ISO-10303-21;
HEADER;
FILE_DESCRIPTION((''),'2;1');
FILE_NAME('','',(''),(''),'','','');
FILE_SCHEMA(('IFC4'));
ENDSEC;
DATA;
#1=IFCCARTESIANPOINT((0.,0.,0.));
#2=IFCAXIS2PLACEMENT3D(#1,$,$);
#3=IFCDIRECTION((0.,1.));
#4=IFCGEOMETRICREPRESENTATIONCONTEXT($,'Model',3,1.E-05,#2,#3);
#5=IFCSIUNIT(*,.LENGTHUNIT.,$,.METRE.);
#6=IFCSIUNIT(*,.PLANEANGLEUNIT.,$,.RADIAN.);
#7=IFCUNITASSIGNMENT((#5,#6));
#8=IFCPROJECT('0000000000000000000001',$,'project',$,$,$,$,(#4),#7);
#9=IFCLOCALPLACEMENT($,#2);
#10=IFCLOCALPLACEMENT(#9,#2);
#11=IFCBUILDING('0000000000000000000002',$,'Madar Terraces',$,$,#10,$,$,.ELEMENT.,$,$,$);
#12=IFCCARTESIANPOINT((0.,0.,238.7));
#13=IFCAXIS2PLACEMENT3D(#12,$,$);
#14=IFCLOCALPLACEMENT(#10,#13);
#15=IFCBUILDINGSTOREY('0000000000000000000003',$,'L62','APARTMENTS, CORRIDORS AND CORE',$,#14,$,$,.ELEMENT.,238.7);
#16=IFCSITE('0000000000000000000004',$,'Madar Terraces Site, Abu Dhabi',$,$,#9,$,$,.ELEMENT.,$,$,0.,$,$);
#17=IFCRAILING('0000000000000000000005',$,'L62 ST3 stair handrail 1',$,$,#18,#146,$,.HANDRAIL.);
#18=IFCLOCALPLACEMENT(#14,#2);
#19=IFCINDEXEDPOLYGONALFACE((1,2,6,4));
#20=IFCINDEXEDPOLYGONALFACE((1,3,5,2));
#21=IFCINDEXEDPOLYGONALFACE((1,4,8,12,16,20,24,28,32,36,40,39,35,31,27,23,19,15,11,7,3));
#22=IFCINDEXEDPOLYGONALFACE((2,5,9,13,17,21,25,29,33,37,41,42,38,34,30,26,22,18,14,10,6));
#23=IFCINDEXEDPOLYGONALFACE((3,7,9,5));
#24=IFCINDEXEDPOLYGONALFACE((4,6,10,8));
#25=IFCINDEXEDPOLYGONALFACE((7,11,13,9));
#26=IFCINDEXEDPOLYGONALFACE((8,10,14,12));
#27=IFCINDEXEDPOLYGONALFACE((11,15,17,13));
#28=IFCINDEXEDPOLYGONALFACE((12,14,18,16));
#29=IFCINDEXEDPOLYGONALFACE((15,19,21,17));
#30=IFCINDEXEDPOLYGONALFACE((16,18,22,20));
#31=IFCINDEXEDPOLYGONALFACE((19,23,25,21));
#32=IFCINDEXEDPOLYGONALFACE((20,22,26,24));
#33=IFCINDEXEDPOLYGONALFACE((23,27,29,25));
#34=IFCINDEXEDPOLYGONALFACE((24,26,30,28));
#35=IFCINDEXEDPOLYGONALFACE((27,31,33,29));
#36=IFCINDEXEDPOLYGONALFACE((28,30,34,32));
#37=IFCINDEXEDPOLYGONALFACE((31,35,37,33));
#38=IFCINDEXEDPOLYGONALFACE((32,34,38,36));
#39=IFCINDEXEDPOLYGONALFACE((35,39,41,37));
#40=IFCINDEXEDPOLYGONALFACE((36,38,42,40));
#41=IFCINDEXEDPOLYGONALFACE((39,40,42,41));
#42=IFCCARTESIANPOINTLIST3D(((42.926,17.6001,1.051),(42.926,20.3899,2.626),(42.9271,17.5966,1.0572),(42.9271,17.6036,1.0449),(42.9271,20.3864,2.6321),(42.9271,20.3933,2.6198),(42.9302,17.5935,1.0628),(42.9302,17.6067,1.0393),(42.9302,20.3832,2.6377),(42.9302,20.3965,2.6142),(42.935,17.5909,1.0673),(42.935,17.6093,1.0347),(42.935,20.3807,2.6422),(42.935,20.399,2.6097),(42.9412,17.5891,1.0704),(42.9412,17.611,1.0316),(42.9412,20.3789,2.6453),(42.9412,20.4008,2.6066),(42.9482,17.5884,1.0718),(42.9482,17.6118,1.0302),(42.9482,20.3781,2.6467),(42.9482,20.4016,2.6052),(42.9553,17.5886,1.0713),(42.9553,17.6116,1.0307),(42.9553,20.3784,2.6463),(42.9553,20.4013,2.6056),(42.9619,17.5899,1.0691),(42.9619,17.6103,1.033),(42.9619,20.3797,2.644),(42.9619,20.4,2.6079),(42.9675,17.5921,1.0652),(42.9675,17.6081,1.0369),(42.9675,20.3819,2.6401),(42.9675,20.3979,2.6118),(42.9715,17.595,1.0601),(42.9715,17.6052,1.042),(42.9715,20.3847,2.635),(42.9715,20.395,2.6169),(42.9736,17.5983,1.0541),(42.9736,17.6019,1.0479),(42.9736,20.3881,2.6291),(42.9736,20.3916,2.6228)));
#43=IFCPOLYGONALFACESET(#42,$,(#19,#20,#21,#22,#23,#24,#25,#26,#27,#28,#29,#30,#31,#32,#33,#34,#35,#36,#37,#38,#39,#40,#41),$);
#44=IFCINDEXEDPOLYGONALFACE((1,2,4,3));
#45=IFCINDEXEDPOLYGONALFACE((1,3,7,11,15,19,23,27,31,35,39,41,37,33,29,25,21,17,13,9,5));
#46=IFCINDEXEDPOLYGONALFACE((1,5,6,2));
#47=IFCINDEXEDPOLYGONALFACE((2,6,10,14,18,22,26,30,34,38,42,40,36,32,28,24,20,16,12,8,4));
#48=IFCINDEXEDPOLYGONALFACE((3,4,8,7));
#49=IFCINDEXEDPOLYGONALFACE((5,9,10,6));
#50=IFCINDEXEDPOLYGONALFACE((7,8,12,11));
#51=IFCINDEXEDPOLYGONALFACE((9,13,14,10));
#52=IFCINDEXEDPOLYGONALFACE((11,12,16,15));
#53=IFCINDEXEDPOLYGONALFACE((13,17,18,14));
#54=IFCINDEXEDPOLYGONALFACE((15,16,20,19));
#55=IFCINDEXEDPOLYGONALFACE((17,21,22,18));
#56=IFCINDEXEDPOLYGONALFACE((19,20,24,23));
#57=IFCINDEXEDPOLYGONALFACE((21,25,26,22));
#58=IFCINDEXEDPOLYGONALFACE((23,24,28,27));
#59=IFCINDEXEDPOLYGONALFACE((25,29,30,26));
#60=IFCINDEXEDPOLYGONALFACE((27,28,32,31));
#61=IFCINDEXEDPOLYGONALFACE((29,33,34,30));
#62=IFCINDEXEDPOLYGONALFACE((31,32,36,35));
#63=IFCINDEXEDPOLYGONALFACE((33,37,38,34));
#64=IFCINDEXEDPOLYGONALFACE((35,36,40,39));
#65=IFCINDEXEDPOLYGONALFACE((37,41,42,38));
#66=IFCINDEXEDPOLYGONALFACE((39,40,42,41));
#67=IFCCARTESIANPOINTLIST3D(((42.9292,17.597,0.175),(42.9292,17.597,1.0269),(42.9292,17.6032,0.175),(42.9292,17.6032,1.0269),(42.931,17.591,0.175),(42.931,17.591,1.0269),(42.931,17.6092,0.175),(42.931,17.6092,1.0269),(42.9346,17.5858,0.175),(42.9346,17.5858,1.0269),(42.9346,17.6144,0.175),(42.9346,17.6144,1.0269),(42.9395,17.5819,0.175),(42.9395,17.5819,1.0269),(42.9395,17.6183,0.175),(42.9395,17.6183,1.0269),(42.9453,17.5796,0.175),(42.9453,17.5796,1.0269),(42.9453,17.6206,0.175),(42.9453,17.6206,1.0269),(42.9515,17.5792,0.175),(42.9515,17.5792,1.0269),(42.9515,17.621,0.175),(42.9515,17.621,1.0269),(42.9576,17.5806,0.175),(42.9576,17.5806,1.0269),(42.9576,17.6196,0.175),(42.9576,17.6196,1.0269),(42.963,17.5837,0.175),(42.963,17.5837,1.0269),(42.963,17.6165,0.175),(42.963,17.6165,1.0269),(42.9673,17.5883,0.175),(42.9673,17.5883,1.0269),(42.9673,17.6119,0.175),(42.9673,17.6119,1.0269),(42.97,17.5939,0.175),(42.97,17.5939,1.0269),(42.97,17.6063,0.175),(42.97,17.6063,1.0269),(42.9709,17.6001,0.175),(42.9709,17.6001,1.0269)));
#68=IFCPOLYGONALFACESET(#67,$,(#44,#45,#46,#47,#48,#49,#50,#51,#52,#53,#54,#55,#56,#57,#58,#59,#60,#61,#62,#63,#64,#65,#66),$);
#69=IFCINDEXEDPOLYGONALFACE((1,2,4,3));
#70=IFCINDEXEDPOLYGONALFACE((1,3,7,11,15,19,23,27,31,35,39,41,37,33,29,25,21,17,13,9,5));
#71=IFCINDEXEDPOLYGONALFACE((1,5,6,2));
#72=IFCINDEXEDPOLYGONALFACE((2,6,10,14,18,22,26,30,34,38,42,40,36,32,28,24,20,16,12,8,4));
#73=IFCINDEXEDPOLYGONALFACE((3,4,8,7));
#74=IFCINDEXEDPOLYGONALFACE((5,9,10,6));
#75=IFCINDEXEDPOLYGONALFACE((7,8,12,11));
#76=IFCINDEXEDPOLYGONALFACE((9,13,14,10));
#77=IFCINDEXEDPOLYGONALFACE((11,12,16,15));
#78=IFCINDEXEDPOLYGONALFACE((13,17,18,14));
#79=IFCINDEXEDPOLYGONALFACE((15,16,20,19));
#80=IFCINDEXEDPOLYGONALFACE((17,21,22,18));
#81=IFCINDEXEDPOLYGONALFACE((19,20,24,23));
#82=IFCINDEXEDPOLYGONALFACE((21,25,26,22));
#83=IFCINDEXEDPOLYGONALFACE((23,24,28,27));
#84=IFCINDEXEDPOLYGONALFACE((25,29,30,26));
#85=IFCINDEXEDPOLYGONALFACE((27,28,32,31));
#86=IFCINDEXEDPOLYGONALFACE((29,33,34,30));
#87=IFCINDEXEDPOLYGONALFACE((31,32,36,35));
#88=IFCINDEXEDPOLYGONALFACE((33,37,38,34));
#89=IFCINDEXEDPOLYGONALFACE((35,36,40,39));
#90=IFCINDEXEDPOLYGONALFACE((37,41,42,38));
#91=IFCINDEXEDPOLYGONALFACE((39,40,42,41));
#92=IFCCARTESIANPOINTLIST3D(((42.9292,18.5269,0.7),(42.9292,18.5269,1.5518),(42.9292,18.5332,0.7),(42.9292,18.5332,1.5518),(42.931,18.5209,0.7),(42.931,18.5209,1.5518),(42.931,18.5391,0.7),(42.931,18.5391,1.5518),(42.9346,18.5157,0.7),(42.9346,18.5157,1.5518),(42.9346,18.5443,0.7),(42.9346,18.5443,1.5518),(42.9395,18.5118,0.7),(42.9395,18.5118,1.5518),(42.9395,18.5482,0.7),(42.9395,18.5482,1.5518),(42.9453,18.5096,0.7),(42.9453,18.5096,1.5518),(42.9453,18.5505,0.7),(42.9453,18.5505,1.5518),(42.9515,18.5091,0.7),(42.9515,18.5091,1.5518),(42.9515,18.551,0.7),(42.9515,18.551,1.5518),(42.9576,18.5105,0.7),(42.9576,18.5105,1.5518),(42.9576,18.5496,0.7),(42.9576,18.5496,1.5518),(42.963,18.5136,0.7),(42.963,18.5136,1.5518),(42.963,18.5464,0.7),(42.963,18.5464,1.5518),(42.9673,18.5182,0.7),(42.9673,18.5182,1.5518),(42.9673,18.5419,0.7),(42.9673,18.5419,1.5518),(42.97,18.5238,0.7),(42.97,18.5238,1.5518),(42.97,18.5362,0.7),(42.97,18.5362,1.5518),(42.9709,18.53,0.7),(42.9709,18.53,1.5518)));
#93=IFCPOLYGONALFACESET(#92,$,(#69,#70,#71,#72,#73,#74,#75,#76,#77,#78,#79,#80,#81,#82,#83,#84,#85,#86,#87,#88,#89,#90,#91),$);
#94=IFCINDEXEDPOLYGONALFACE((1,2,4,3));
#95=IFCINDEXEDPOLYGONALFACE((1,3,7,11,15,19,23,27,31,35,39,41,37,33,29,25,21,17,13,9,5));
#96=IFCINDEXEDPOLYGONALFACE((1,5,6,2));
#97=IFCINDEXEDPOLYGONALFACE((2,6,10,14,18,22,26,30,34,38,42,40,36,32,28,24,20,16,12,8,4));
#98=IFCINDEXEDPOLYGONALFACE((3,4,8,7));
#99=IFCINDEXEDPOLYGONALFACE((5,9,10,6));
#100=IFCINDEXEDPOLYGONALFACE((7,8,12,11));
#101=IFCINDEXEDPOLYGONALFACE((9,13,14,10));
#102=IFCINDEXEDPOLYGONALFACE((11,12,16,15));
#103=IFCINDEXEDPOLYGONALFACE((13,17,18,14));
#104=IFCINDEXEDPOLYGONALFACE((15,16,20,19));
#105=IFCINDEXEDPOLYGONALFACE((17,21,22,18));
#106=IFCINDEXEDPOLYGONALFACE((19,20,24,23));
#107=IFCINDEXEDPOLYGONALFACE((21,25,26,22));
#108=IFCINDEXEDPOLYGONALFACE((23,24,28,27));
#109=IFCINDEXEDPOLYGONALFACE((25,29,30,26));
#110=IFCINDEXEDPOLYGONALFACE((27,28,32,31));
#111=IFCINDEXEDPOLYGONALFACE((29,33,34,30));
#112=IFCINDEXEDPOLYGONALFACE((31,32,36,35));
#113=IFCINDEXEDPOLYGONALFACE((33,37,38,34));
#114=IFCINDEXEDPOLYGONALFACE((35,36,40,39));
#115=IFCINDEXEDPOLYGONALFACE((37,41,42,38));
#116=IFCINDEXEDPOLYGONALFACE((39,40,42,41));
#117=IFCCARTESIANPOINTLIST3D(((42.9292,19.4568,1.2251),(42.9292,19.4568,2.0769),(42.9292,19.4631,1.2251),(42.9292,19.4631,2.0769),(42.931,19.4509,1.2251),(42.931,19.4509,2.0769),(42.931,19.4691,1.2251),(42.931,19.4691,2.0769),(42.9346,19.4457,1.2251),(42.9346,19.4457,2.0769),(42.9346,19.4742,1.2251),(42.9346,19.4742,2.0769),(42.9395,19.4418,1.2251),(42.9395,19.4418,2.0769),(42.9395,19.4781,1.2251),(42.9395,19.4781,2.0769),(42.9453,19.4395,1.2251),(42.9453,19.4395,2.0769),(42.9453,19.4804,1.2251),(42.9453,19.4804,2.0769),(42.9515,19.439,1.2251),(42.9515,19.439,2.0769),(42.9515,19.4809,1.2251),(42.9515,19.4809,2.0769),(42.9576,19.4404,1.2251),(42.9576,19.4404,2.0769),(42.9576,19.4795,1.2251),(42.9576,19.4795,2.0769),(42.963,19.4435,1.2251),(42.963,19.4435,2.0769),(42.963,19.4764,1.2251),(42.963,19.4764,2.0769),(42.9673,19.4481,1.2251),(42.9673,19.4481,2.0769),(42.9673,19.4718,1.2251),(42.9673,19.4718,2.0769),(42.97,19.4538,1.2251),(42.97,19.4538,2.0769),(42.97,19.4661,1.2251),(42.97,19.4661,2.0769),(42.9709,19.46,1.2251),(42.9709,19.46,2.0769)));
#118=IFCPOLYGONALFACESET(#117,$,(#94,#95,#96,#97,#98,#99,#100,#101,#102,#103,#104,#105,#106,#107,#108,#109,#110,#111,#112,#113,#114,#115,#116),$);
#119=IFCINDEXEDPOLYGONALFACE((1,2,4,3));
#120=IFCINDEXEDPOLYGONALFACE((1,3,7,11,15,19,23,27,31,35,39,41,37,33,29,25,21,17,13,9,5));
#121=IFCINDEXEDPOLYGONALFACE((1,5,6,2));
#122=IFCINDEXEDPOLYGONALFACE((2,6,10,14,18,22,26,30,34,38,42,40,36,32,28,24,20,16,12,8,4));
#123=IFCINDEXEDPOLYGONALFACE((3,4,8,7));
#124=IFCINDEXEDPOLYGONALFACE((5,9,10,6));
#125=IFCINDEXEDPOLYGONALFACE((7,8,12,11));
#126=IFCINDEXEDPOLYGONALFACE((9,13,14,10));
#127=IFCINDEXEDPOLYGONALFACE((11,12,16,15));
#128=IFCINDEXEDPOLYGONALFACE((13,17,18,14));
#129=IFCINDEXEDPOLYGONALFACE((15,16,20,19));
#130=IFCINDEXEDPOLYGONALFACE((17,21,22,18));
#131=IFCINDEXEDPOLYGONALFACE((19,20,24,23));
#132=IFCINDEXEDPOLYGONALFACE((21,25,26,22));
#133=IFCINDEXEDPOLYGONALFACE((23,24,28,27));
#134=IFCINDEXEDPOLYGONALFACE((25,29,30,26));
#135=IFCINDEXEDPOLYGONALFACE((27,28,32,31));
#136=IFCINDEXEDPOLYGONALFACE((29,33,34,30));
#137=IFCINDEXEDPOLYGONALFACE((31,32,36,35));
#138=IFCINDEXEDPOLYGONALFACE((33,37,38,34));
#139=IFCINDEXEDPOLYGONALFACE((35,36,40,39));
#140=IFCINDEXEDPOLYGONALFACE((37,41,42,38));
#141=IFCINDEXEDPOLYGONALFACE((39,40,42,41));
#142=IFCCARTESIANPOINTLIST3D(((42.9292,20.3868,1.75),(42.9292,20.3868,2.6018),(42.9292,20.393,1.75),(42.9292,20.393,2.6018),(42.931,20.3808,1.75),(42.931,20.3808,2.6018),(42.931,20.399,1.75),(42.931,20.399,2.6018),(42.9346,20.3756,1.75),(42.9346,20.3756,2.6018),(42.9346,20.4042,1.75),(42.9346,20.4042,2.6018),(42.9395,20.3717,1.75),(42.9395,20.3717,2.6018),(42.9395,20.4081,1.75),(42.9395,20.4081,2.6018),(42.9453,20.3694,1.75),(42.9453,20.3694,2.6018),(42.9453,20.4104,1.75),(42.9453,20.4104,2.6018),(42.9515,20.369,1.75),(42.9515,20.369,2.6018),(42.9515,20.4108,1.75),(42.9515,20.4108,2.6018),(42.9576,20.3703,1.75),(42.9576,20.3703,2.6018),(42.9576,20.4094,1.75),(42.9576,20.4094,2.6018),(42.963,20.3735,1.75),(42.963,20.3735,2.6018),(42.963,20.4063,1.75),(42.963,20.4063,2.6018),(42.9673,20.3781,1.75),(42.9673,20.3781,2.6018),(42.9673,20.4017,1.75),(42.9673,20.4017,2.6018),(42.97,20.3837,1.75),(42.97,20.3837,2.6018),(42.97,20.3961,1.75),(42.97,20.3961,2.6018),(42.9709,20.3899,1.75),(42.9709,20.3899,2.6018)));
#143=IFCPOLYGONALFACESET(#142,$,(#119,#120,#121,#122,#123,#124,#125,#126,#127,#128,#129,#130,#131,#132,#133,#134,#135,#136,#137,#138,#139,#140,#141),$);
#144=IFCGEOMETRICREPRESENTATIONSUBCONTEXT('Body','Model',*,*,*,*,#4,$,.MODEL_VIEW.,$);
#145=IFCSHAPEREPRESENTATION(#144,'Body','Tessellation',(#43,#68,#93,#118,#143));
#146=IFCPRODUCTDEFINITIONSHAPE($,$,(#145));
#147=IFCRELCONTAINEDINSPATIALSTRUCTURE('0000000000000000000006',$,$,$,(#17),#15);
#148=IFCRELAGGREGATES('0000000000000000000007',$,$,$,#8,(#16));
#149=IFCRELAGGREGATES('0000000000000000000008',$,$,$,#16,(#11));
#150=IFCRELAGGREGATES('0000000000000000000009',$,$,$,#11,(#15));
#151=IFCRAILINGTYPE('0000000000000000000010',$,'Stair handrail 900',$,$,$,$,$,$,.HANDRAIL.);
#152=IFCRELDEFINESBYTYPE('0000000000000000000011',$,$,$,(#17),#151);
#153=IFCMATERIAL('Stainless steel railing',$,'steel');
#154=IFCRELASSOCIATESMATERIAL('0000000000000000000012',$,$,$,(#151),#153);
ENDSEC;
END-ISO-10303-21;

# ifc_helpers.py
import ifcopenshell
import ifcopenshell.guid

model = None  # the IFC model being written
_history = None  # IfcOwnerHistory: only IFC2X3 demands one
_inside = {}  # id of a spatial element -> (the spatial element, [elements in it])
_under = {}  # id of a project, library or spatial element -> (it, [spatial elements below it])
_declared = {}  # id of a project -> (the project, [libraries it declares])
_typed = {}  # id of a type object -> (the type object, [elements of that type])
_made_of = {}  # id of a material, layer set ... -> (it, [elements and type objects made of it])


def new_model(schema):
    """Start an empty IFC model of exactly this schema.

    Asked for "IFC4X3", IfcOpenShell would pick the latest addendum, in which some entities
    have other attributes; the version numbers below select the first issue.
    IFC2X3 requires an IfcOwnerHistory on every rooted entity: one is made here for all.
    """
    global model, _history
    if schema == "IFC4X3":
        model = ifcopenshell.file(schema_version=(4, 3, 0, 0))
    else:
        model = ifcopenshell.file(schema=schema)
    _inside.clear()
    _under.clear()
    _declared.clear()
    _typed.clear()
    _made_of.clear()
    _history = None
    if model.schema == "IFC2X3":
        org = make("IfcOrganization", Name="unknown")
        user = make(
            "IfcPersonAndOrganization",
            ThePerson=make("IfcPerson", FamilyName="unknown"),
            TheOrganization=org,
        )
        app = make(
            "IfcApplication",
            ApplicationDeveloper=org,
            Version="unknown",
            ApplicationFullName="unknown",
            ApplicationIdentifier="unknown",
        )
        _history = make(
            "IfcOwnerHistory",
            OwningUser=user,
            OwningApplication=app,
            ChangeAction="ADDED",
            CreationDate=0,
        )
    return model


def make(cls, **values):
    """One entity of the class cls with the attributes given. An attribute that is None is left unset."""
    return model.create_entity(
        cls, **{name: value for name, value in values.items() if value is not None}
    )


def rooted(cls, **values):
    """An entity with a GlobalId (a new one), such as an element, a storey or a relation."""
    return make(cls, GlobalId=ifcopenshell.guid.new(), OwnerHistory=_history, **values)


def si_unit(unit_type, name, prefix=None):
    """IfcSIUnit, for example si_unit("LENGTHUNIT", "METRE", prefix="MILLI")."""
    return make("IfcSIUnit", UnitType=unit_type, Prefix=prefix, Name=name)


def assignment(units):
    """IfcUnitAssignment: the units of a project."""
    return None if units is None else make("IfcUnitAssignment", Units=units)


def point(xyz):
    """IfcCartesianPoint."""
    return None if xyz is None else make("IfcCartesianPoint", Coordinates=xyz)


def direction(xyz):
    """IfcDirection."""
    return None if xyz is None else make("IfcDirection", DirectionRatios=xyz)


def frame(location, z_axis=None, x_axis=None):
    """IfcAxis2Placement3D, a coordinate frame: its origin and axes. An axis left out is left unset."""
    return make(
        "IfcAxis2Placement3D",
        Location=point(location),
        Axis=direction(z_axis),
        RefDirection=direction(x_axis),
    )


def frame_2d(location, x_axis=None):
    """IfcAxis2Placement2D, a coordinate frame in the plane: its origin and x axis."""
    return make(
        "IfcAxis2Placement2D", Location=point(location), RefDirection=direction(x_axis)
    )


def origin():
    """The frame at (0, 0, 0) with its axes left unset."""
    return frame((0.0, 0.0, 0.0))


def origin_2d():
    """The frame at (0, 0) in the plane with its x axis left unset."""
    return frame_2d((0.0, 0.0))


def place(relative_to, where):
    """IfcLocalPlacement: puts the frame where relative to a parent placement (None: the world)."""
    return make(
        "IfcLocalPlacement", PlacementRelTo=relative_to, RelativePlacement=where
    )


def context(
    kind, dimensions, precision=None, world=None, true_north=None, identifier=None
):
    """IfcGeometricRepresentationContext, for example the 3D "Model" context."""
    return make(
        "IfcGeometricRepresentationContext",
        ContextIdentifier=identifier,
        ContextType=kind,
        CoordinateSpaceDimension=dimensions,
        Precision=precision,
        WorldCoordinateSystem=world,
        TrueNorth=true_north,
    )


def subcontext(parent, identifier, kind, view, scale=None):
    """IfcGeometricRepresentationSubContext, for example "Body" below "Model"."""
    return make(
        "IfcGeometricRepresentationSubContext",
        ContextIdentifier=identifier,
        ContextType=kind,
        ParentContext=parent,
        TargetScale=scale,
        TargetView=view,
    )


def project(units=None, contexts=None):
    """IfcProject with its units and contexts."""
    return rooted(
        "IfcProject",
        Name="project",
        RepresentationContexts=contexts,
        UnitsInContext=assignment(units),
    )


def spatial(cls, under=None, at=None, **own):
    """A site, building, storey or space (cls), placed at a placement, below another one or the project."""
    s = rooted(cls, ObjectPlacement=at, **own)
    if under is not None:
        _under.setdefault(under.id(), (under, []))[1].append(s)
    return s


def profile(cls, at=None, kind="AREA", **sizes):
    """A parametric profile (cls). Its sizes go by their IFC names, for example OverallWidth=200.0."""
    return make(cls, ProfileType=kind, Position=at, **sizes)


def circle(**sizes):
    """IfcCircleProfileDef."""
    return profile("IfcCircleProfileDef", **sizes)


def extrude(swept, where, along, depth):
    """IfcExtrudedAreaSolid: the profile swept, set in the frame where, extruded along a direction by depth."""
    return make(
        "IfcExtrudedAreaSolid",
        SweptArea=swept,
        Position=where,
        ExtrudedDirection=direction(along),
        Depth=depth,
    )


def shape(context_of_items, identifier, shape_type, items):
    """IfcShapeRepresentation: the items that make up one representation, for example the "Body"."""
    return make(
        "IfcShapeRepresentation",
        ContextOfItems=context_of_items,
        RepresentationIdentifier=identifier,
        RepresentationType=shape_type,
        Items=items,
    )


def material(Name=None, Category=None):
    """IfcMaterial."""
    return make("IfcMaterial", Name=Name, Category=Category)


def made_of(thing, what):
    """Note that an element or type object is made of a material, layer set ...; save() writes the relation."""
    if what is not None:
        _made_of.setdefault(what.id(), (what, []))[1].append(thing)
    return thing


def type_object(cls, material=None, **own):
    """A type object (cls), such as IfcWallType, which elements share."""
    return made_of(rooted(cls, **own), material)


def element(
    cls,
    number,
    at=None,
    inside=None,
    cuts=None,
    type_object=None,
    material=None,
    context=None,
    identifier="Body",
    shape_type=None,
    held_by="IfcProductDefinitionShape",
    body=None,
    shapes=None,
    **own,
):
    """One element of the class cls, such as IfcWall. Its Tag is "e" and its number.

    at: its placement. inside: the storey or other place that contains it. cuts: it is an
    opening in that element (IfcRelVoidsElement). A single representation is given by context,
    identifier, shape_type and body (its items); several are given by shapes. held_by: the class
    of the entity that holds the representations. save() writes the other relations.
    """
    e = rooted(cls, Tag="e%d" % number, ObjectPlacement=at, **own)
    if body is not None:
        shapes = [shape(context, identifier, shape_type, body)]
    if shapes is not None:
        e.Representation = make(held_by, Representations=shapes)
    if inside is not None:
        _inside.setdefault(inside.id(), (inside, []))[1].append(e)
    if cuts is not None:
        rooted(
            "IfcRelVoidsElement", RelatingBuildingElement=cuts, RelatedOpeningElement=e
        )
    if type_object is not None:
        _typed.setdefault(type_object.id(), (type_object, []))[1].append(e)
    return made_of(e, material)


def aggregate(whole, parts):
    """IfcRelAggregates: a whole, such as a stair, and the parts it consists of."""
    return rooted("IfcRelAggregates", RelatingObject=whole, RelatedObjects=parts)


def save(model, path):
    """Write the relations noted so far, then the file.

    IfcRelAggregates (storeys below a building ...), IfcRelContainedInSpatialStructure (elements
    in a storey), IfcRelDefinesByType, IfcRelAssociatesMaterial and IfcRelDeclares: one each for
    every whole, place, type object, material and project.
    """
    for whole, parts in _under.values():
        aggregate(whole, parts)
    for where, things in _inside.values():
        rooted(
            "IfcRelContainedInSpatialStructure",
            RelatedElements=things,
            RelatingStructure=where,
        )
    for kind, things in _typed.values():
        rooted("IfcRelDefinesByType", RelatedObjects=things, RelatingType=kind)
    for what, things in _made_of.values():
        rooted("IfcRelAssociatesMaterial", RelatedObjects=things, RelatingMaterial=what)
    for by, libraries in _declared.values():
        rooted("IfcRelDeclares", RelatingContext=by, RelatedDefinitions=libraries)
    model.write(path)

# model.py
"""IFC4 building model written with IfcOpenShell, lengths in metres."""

from ifc_helpers import new_model, si_unit, direction, frame, origin, origin_2d, place, context, subcontext, project, spatial, circle, extrude, material, type_object, element, save


model = new_model("IFC4")

# Units and contexts
model_context = context("Model", 3, precision=1e-05, world=origin(), true_north=direction((0.0, 1.0)))
body_context = subcontext(model_context, "Body", "Model", "MODEL_VIEW")
ifc_project = project(units=[si_unit("LENGTHUNIT", "METRE"), si_unit("PLANEANGLEUNIT", "RADIAN")], contexts=[model_context])

# Site, building, storey
site_placement = place(None, origin())
site = spatial("IfcSite", under=ifc_project, at=site_placement, Name="Madar Terraces Site, Abu Dhabi", CompositionType="ELEMENT", RefElevation=0.0)
building_placement = place(site_placement, origin())
building = spatial("IfcBuilding", under=site, at=building_placement, Name="Madar Terraces", CompositionType="ELEMENT")
storey_placement = place(building_placement, frame((0.0, 0.0, 238.7)))
storey = spatial("IfcBuildingStorey", under=building, at=storey_placement, Name="L62", Description="APARTMENTS, CORRIDORS AND CORE", CompositionType="ELEMENT", Elevation=238.7)

# Railing
ifc_material_1 = material(Name="Stainless steel railing", Category="steel")
railing_type_1 = type_object("IfcRailingType", Name="Stair handrail 900", PredefinedType="HANDRAIL", material=ifc_material_1)
railing_1_placement = place(storey_placement, frame((42.95, 17.6001, 0.175)))
element("IfcRailing", 1, at=railing_1_placement, inside=storey, type_object=railing_type_1, Name="L62 ST3 stair handrail 1", PredefinedType="HANDRAIL", context=body_context, shape_type="SweptSolid", body=[
    extrude(circle(Radius=0.0239, at=origin_2d()), frame((0.0, 0.0, 0.876), z_axis=(0.0, 0.870815, 0.49161), x_axis=(-1.0, 0.0, 0.0)), (0.0, 0.0, 1.0), 3.2036),
    extrude(circle(Radius=0.021, at=origin_2d()), origin(), (0.0, 0.0, 1.0), 0.8518),
    extrude(circle(Radius=0.021, at=origin_2d()), frame((0.0, 0.9299, 0.5249)), (0.0, 0.0, 1.0), 0.8518),
    extrude(circle(Radius=0.021, at=origin_2d()), frame((0.0, 1.8599, 1.05)), (0.0, 0.0, 1.0), 0.8518),
    extrude(circle(Radius=0.021, at=origin_2d()), frame((0.0, 2.7898, 1.575)), (0.0, 0.0, 1.0), 0.8518),
])

save(model, "model.ifc")
